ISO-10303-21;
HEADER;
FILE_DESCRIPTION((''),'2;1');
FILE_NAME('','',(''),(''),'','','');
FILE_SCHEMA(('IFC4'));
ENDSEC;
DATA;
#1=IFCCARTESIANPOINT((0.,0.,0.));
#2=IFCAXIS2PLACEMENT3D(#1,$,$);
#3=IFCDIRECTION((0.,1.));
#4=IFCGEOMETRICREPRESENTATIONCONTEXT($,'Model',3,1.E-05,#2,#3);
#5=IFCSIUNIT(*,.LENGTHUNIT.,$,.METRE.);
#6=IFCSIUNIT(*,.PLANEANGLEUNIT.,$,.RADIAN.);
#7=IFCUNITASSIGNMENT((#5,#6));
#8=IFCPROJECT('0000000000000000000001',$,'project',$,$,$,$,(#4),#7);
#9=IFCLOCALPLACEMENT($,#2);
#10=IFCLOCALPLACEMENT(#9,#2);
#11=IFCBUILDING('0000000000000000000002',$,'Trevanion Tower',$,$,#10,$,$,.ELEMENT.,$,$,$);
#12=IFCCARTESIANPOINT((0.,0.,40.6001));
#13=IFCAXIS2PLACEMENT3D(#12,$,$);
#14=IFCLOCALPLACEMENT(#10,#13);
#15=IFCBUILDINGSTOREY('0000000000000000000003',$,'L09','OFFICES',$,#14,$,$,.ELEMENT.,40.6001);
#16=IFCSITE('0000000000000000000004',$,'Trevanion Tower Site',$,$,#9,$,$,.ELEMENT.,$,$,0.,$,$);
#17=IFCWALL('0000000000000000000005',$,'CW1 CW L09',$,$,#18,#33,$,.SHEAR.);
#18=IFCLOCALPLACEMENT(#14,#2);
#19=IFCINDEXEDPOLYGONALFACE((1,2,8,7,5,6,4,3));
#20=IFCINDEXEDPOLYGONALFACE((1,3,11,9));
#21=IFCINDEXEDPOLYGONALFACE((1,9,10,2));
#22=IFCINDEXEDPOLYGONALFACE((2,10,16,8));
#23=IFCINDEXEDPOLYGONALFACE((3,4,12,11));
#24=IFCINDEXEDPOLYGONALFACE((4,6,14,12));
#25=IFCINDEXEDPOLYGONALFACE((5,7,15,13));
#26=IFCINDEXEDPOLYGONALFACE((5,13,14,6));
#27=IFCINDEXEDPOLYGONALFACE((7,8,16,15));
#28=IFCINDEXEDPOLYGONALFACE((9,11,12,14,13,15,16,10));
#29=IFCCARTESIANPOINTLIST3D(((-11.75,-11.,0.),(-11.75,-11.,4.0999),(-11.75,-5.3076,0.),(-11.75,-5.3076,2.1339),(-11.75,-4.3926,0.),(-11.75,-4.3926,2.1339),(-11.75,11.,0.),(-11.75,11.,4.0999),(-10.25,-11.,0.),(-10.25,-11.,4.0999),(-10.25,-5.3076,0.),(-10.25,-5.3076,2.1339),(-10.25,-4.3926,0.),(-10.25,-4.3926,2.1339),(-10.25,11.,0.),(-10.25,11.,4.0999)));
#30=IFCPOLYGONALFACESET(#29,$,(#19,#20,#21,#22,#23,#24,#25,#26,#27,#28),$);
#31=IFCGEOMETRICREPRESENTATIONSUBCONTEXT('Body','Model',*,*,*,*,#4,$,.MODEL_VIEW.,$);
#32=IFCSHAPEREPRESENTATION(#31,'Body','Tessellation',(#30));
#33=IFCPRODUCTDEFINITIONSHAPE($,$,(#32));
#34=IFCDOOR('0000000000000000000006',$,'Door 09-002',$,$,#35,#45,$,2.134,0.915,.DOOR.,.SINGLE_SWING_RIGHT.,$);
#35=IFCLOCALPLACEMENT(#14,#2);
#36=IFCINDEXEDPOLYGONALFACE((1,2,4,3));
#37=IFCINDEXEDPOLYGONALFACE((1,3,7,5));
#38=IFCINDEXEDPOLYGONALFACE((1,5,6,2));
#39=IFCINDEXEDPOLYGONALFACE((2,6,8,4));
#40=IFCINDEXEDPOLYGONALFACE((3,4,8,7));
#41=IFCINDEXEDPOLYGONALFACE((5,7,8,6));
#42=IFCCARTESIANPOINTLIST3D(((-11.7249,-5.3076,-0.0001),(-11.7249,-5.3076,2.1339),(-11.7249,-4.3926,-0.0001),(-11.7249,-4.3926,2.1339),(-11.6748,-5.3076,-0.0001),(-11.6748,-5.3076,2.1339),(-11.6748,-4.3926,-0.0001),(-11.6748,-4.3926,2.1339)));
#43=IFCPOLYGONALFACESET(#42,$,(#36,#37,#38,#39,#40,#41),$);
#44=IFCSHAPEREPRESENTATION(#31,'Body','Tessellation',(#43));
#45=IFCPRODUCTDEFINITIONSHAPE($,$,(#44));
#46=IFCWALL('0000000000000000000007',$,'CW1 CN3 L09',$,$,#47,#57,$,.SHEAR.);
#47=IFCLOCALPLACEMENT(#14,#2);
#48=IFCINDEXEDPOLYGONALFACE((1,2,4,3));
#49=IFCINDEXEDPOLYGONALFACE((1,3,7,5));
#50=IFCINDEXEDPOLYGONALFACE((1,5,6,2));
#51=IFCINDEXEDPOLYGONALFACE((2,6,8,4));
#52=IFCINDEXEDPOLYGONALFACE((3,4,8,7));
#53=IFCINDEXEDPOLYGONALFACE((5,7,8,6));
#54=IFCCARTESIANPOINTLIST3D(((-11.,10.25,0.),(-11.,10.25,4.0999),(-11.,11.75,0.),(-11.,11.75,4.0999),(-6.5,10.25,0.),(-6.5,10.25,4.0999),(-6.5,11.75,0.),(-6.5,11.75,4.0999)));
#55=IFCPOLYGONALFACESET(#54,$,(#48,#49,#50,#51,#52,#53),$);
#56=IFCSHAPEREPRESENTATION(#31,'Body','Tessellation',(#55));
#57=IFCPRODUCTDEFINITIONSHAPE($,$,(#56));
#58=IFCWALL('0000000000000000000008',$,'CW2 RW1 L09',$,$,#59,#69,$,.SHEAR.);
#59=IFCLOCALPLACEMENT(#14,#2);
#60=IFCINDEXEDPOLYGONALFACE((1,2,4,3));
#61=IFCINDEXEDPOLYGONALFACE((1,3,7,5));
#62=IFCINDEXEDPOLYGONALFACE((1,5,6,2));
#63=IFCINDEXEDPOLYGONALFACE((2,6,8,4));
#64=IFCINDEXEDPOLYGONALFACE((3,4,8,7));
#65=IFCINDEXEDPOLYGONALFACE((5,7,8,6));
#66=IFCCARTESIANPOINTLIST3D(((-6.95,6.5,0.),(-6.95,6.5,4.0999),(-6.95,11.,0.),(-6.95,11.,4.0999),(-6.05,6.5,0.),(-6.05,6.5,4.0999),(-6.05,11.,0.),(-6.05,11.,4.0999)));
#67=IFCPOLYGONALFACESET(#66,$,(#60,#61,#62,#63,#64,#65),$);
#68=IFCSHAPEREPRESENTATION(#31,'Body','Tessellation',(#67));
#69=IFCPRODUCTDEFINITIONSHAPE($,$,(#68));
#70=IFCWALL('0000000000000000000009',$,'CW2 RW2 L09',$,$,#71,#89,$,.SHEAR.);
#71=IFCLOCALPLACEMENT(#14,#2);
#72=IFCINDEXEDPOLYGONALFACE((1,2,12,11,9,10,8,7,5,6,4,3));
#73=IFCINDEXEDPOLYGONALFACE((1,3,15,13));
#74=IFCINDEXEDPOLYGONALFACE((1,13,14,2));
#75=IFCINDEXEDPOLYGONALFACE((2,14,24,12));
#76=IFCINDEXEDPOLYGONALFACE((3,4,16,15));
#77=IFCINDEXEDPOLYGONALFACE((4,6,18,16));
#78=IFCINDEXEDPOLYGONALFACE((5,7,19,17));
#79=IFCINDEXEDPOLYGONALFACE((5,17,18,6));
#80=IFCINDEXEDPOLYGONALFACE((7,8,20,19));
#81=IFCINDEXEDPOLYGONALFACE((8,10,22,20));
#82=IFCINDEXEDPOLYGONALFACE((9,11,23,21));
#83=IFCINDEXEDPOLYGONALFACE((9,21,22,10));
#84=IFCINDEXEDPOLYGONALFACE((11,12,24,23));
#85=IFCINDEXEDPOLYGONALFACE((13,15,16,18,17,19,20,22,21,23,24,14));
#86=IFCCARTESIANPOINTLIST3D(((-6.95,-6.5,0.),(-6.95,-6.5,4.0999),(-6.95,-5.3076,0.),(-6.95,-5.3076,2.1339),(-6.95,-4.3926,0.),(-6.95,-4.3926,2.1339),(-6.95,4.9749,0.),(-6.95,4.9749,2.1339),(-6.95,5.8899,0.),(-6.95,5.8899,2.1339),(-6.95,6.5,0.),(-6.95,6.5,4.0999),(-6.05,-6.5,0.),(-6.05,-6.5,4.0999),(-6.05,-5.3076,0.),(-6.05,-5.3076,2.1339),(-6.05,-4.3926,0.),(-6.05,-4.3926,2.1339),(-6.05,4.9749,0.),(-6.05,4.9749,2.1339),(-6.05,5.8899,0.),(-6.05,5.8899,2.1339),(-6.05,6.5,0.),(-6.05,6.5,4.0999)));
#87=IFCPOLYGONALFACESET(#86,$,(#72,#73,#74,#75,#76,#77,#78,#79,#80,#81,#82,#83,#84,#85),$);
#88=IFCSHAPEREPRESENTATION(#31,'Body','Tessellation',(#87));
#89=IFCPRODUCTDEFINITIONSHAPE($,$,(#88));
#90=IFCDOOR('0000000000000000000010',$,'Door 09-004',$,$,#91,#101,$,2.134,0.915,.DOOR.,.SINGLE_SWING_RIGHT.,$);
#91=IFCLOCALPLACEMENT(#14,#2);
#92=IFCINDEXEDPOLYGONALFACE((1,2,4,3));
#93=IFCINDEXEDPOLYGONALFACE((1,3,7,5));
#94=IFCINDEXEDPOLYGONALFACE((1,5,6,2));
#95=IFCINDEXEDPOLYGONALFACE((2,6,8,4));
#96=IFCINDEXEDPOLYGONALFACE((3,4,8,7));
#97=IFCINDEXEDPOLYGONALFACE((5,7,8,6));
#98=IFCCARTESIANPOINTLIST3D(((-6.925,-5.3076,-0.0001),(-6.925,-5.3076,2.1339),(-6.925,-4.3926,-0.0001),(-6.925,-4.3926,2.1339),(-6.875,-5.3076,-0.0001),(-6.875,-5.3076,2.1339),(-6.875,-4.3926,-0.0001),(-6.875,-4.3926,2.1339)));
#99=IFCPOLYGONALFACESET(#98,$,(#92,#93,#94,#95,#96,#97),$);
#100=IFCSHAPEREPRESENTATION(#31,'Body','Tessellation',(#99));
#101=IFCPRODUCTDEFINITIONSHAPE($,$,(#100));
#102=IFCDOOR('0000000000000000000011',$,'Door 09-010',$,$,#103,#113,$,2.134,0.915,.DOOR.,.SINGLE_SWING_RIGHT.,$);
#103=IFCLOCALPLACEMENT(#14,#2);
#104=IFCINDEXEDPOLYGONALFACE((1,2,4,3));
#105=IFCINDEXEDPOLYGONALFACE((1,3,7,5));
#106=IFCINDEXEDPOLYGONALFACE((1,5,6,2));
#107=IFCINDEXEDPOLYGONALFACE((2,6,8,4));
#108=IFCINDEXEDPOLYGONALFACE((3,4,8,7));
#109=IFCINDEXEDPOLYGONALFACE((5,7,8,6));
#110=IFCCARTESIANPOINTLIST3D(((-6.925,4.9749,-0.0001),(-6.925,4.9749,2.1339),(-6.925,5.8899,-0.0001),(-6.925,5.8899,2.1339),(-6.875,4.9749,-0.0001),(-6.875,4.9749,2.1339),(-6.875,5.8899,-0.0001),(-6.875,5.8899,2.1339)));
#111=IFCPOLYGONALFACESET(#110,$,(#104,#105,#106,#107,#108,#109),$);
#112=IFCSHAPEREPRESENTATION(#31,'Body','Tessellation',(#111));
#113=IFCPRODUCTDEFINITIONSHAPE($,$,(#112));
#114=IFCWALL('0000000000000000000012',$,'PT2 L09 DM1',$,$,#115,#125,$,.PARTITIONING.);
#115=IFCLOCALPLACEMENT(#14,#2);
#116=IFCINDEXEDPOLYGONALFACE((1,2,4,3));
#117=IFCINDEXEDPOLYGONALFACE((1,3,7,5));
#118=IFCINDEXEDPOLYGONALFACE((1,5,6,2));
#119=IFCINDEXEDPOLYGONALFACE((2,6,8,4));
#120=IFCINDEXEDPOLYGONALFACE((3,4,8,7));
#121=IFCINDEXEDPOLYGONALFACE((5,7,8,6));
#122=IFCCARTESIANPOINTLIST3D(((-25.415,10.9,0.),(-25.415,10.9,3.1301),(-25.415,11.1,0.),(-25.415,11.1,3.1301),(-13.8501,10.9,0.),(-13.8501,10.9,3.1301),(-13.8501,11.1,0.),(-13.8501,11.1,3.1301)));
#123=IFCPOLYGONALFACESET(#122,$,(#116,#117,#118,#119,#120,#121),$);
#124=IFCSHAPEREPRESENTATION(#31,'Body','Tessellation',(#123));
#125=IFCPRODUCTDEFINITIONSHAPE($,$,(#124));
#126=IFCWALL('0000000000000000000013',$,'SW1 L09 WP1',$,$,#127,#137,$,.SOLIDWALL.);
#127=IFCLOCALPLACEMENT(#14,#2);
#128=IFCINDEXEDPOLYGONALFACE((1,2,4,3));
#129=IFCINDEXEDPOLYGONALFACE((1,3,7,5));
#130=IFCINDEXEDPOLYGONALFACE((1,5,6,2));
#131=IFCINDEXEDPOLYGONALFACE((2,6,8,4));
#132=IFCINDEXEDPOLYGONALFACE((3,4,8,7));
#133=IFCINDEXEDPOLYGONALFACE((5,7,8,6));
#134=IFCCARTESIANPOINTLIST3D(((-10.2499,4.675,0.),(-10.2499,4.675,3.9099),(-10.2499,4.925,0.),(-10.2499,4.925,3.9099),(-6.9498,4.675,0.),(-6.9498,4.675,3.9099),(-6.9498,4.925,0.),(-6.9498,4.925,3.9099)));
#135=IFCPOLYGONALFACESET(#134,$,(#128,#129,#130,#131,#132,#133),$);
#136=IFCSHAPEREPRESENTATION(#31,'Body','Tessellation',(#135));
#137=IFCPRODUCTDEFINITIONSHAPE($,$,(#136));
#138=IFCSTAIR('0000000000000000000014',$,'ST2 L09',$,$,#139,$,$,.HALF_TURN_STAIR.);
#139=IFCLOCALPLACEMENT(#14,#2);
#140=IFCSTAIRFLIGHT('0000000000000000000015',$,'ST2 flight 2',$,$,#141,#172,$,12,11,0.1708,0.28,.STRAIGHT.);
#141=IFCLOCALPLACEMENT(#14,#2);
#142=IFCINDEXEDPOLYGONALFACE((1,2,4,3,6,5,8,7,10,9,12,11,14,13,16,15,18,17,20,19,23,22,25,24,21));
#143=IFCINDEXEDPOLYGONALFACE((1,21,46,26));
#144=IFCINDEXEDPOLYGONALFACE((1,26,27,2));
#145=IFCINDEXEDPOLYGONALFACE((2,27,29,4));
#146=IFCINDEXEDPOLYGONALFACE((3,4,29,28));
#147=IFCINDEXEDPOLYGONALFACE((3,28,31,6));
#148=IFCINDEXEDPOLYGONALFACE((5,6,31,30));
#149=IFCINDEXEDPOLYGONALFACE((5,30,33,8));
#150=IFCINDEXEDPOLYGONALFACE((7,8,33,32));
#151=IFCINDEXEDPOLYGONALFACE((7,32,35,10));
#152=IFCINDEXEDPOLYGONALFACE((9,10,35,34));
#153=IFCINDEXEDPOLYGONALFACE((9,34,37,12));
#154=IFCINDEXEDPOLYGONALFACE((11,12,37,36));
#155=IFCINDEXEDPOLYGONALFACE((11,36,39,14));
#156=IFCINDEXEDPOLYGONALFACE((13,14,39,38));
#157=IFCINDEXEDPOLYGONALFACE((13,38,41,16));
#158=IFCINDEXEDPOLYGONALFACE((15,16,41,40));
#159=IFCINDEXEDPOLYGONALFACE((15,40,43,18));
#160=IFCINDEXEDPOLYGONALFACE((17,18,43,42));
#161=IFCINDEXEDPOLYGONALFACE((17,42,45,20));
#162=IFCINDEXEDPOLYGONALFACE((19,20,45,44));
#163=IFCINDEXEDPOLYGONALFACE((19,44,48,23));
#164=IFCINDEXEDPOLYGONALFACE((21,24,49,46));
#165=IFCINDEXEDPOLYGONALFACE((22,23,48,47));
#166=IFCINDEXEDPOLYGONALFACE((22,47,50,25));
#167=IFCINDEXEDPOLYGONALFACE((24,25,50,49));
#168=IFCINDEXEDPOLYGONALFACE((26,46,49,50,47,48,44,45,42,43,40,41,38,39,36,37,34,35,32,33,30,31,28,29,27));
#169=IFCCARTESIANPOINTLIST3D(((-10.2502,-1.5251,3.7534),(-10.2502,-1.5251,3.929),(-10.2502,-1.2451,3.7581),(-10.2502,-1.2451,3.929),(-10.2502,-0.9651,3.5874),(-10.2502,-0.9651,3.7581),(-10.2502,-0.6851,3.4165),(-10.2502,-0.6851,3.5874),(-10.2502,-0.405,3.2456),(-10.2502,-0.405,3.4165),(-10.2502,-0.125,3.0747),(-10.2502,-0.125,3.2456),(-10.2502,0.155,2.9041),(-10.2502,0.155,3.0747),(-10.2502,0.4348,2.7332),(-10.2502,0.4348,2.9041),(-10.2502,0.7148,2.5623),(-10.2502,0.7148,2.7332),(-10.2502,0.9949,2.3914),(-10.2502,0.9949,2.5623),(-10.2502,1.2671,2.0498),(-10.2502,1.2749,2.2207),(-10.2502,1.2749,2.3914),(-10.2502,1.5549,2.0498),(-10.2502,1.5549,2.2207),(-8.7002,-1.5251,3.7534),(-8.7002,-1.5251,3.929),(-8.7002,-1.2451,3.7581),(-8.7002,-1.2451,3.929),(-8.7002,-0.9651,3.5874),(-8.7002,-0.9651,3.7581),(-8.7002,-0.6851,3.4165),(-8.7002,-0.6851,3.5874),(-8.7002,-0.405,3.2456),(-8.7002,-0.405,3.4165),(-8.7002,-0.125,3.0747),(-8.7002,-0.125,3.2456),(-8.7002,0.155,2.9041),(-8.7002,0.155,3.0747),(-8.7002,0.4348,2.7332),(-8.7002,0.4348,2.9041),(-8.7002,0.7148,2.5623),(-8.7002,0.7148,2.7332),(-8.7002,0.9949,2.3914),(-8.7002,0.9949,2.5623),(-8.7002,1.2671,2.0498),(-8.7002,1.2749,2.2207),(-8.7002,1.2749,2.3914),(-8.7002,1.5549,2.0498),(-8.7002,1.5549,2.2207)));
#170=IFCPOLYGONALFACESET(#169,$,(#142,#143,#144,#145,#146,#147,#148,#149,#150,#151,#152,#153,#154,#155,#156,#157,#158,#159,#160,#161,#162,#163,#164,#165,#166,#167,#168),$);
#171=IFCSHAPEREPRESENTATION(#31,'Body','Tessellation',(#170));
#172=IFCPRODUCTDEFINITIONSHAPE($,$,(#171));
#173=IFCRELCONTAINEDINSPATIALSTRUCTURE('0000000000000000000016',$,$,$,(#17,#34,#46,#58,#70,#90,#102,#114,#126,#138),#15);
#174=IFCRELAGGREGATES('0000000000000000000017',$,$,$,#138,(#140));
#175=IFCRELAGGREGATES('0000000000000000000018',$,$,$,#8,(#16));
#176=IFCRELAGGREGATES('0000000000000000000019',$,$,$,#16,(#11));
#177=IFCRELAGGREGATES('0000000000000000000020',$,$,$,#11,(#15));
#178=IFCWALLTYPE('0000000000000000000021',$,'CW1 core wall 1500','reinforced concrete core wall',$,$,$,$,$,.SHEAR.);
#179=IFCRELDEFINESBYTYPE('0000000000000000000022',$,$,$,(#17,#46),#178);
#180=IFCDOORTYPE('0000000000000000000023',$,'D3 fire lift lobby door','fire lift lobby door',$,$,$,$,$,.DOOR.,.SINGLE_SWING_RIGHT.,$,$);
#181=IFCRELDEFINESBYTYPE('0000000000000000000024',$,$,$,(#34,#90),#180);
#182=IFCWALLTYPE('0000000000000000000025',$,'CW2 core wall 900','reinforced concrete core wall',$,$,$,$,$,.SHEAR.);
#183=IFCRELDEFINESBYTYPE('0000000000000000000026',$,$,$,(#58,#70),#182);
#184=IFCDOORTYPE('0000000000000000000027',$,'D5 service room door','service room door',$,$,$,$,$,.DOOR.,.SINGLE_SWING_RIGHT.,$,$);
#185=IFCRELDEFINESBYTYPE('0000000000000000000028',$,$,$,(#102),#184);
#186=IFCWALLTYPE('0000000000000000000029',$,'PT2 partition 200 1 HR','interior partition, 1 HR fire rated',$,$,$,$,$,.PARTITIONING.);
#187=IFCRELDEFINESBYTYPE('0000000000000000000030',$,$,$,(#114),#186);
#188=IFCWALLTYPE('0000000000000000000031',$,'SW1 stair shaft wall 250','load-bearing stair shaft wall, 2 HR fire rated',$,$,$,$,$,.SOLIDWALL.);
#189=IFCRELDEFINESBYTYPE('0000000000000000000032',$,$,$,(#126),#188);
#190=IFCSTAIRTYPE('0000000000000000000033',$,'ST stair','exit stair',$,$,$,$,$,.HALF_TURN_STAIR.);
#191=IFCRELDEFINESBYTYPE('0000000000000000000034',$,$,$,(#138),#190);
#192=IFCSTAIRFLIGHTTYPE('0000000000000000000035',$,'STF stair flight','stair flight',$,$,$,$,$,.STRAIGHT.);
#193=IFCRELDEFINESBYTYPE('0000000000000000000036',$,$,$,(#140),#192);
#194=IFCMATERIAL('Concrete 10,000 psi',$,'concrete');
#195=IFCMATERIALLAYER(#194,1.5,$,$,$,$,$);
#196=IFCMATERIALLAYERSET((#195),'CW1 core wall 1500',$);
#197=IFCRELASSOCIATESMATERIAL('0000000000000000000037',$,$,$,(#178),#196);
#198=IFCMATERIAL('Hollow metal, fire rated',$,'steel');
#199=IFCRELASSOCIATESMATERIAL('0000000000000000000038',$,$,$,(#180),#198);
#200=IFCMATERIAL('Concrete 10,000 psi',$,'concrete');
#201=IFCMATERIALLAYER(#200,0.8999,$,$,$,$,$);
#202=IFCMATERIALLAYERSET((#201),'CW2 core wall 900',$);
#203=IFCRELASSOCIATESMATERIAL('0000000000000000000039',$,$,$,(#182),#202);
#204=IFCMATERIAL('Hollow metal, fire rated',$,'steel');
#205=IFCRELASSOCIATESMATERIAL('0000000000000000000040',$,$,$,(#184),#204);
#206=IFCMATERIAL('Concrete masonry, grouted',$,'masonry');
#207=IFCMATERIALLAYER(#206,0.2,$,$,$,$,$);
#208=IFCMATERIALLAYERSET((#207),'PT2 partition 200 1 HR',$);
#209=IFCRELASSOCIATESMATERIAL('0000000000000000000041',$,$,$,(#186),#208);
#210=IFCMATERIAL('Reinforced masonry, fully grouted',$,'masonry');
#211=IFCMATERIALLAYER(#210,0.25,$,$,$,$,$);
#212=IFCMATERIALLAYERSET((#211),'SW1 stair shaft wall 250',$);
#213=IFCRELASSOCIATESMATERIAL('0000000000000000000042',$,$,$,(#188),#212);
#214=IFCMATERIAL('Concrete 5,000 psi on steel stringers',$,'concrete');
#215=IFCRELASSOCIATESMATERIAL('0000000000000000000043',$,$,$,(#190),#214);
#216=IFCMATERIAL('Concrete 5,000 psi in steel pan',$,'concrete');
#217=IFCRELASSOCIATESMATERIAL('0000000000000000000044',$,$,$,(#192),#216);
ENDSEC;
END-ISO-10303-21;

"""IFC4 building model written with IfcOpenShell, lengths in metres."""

from ifc_helpers import new_model, si_unit, direction, frame, frame_2d, origin, place, context, subcontext, project, spatial, polyline, rectangle, outline, extrude, material, layer, layer_set, type_object, element, fill, aggregate, save


model = new_model("IFC4")

# Units and contexts
model_context = context("Model", 3, precision=1e-05, world=origin(), true_north=direction((0.0, 1.0)))
body_context = subcontext(model_context, "Body", "Model", "MODEL_VIEW")
ifc_project = project(units=[si_unit("LENGTHUNIT", "METRE"), si_unit("PLANEANGLEUNIT", "RADIAN")], contexts=[model_context])

# Site, building, storey
site_placement = place(None, origin())
site = spatial("IfcSite", under=ifc_project, at=site_placement, Name="Trevanion Tower Site", CompositionType="ELEMENT", RefElevation=0.0)
building_placement = place(site_placement, origin())
building = spatial("IfcBuilding", under=site, at=building_placement, Name="Trevanion Tower", CompositionType="ELEMENT")
storey_placement = place(building_placement, frame((0.0, 0.0, 40.6001)))
storey = spatial("IfcBuildingStorey", under=building, at=storey_placement, Name="L09", Description="OFFICES", CompositionType="ELEMENT", Elevation=40.6001)

# Wall, opening, door
ifc_material_1 = material(Name="Concrete 10,000 psi", Category="concrete")
ifc_layer_1 = layer(ifc_material_1, 1.5)
ifc_layer_set_1 = layer_set([ifc_layer_1], Name="CW1 core wall 1500")
wall_type_1 = type_object("IfcWallType", Name="CW1 core wall 1500", Description="reinforced concrete core wall", PredefinedType="SHEAR", material=ifc_layer_set_1)
wall_1_placement = place(storey_placement, frame((-11.0, 11.0, 0.0), z_axis=(0.0, 0.0, 1.0), x_axis=(0.0, -1.0, 0.0)))
wall_1 = element("IfcWall", 1, at=wall_1_placement, inside=storey, type_object=wall_type_1, Name="CW1 CW L09", PredefinedType="SHEAR", context=body_context, shape_type="SweptSolid", body=[
    extrude(rectangle(XDim=22.0, YDim=1.5, at=frame_2d((11.0, 0.0))), origin(), (0.0, 0.0, 1.0), 4.0999),
])
opening_1_placement = place(wall_1_placement, frame((15.3926, 0.0, 0.0)))
opening_1 = element("IfcOpeningElement", 2, at=opening_1_placement, cuts=wall_1, PredefinedType="OPENING", context=body_context, shape_type="SweptSolid", body=[
    extrude(rectangle(XDim=0.915, YDim=2.134, at=frame_2d((0.4575, 1.0669))), frame((0.0, 0.76, 0.0), z_axis=(0.0, -1.0, 0.0), x_axis=(1.0, 0.0, 0.0)), (0.0, 0.0, 1.0), 1.52),
])
ifc_material_2 = material(Name="Hollow metal, fire rated", Category="steel")
door_type_1 = type_object("IfcDoorType", Name="D3 fire lift lobby door", Description="fire lift lobby door", OperationType="SINGLE_SWING_RIGHT", PredefinedType="DOOR", material=ifc_material_2)
door_1_placement = place(opening_1_placement, origin())
door_1 = element("IfcDoor", 3, at=door_1_placement, inside=storey, type_object=door_type_1, Name="Door 09-002", OperationType="SINGLE_SWING_RIGHT", OverallHeight=2.134, OverallWidth=0.915, PredefinedType="DOOR", context=body_context, shape_type="SweptSolid", body=[
    extrude(rectangle(XDim=0.915, YDim=2.134, at=frame_2d((0.4575, 1.0669))), frame((0.0, -0.6748, 0.0), z_axis=(0.0, -1.0, 0.0), x_axis=(1.0, 0.0, 0.0)), (0.0, 0.0, 1.0), 0.05),
])
fill(opening_1, door_1)

# Walls
wall_2_placement = place(storey_placement, frame((-6.5, 11.0, 0.0), z_axis=(0.0, 0.0, 1.0), x_axis=(-1.0, 0.0, 0.0)))
element("IfcWall", 4, at=wall_2_placement, inside=storey, type_object=wall_type_1, Name="CW1 CN3 L09", PredefinedType="SHEAR", context=body_context, shape_type="SweptSolid", body=[
    extrude(rectangle(XDim=4.5, YDim=1.5, at=frame_2d((2.25, 0.0))), origin(), (0.0, 0.0, 1.0), 4.0999),
])
ifc_material_3 = material(Name="Concrete 10,000 psi", Category="concrete")
ifc_layer_2 = layer(ifc_material_3, 0.8999)
ifc_layer_set_2 = layer_set([ifc_layer_2], Name="CW2 core wall 900")
wall_type_2 = type_object("IfcWallType", Name="CW2 core wall 900", Description="reinforced concrete core wall", PredefinedType="SHEAR", material=ifc_layer_set_2)
wall_3_placement = place(storey_placement, frame((-6.5, 11.0, 0.0), z_axis=(0.0, 0.0, 1.0), x_axis=(0.0, -1.0, 0.0)))
element("IfcWall", 5, at=wall_3_placement, inside=storey, type_object=wall_type_2, Name="CW2 RW1 L09", PredefinedType="SHEAR", context=body_context, shape_type="SweptSolid", body=[
    extrude(rectangle(XDim=4.5, YDim=0.8999, at=frame_2d((2.25, 0.0))), origin(), (0.0, 0.0, 1.0), 4.0999),
])

# Wall, openings, doors
wall_4_placement = place(storey_placement, frame((-6.5, 6.5, 0.0), z_axis=(0.0, 0.0, 1.0), x_axis=(0.0, -1.0, 0.0)))
wall_4 = element("IfcWall", 6, at=wall_4_placement, inside=storey, type_object=wall_type_2, Name="CW2 RW2 L09", PredefinedType="SHEAR", context=body_context, shape_type="SweptSolid", body=[
    extrude(rectangle(XDim=13.0, YDim=0.8999, at=frame_2d((6.5, 0.0))), origin(), (0.0, 0.0, 1.0), 4.0999),
])
opening_2_placement = place(wall_4_placement, frame((10.8926, 0.0, 0.0)))
opening_2 = element("IfcOpeningElement", 7, at=opening_2_placement, cuts=wall_4, PredefinedType="OPENING", context=body_context, shape_type="SweptSolid", body=[
    extrude(rectangle(XDim=0.915, YDim=2.134, at=frame_2d((0.4575, 1.0669))), frame((0.0, 0.46, 0.0), z_axis=(0.0, -1.0, 0.0), x_axis=(1.0, 0.0, 0.0)), (0.0, 0.0, 1.0), 0.9199),
])
opening_3_placement = place(wall_4_placement, frame((0.6101, 0.0, 0.0)))
opening_3 = element("IfcOpeningElement", 8, at=opening_3_placement, cuts=wall_4, PredefinedType="OPENING", context=body_context, shape_type="SweptSolid", body=[
    extrude(rectangle(XDim=0.915, YDim=2.134, at=frame_2d((0.4575, 1.0669))), frame((0.0, 0.46, 0.0), z_axis=(0.0, -1.0, 0.0), x_axis=(1.0, 0.0, 0.0)), (0.0, 0.0, 1.0), 0.9199),
])
door_2_placement = place(opening_2_placement, origin())
door_2 = element("IfcDoor", 9, at=door_2_placement, inside=storey, type_object=door_type_1, Name="Door 09-004", OperationType="SINGLE_SWING_RIGHT", OverallHeight=2.134, OverallWidth=0.915, PredefinedType="DOOR", context=body_context, shape_type="SweptSolid", body=[
    extrude(rectangle(XDim=0.915, YDim=2.134, at=frame_2d((0.4575, 1.0669))), frame((0.0, -0.375, 0.0), z_axis=(0.0, -1.0, 0.0), x_axis=(1.0, 0.0, 0.0)), (0.0, 0.0, 1.0), 0.05),
])
fill(opening_2, door_2)
ifc_material_4 = material(Name="Hollow metal, fire rated", Category="steel")
door_type_2 = type_object("IfcDoorType", Name="D5 service room door", Description="service room door", OperationType="SINGLE_SWING_RIGHT", PredefinedType="DOOR", material=ifc_material_4)
door_3_placement = place(opening_3_placement, origin())
door_3 = element("IfcDoor", 10, at=door_3_placement, inside=storey, type_object=door_type_2, Name="Door 09-010", OperationType="SINGLE_SWING_RIGHT", OverallHeight=2.134, OverallWidth=0.915, PredefinedType="DOOR", context=body_context, shape_type="SweptSolid", body=[
    extrude(rectangle(XDim=0.915, YDim=2.134, at=frame_2d((0.4575, 1.0669))), frame((0.0, -0.375, 0.0), z_axis=(0.0, -1.0, 0.0), x_axis=(1.0, 0.0, 0.0)), (0.0, 0.0, 1.0), 0.05),
])
fill(opening_3, door_3)

# Walls
ifc_material_5 = material(Name="Concrete masonry, grouted", Category="masonry")
ifc_layer_3 = layer(ifc_material_5, 0.2)
ifc_layer_set_3 = layer_set([ifc_layer_3], Name="PT2 partition 200 1 HR")
wall_type_3 = type_object("IfcWallType", Name="PT2 partition 200 1 HR", Description="interior partition, 1 HR fire rated", PredefinedType="PARTITIONING", material=ifc_layer_set_3)
wall_5_placement = place(storey_placement, frame((-13.8501, 11.0, 0.0), z_axis=(0.0, 0.0, 1.0), x_axis=(-1.0, 0.0, 0.0)))
element("IfcWall", 11, at=wall_5_placement, inside=storey, type_object=wall_type_3, Name="PT2 L09 DM1", PredefinedType="PARTITIONING", context=body_context, shape_type="SweptSolid", body=[
    extrude(rectangle(XDim=11.5649, YDim=0.2, at=frame_2d((5.7825, 0.0))), origin(), (0.0, 0.0, 1.0), 3.1301),
])
ifc_material_6 = material(Name="Reinforced masonry, fully grouted", Category="masonry")
ifc_layer_4 = layer(ifc_material_6, 0.25)
ifc_layer_set_4 = layer_set([ifc_layer_4], Name="SW1 stair shaft wall 250")
wall_type_4 = type_object("IfcWallType", Name="SW1 stair shaft wall 250", Description="load-bearing stair shaft wall, 2 HR fire rated", PredefinedType="SOLIDWALL", material=ifc_layer_set_4)
wall_6_placement = place(storey_placement, frame((-6.95, 4.8, 0.0), z_axis=(0.0, 0.0, 1.0), x_axis=(-1.0, 0.0, 0.0)))
element("IfcWall", 12, at=wall_6_placement, inside=storey, type_object=wall_type_4, Name="SW1 L09 WP1", PredefinedType="SOLIDWALL", context=body_context, shape_type="SweptSolid", body=[
    extrude(rectangle(XDim=3.3, YDim=0.25, at=frame_2d((1.6499, 0.0))), origin(), (0.0, 0.0, 1.0), 3.9099),
])

# Stair, stair flight
ifc_material_7 = material(Name="Concrete 5,000 psi on steel stringers", Category="concrete")
stair_type = type_object("IfcStairType", Name="ST stair", Description="exit stair", PredefinedType="HALF_TURN_STAIR", material=ifc_material_7)
stair_placement = place(storey_placement, origin())
stair = element("IfcStair", 13, at=stair_placement, inside=storey, type_object=stair_type, Name="ST2 L09", PredefinedType="HALF_TURN_STAIR")
ifc_material_8 = material(Name="Concrete 5,000 psi in steel pan", Category="concrete")
stair_flight_type = type_object("IfcStairFlightType", Name="STF stair flight", Description="stair flight", PredefinedType="STRAIGHT", material=ifc_material_8)
stair_flight_placement = place(storey_placement, frame((-9.4751, 1.5549, 2.0498), z_axis=(0.0, 0.0, 1.0), x_axis=(0.0, -1.0, 0.0)))
stair_flight = element("IfcStairFlight", 14, at=stair_flight_placement, type_object=stair_flight_type, Name="ST2 flight 2", NumberOfRisers=12, NumberOfTreads=11, PredefinedType="STRAIGHT", RiserHeight=0.1708, TreadLength=0.28, context=body_context, shape_type="SweptSolid", body=[
    extrude(outline(polyline([(0.0, 0.0), (0.0, 0.1709), (0.28, 0.1709), (0.28, 0.3416), (0.5601, 0.3416), (0.5601, 0.5125), (0.8401, 0.5125), (0.8401, 0.6833), (1.1201, 0.6833), (1.1201, 0.8542), (1.3999, 0.8542), (1.3999, 1.0249), (1.6799, 1.0249), (1.6799, 1.1958), (1.96, 1.1958), (1.96, 1.3667), (2.24, 1.3667), (2.24, 1.5376), (2.52, 1.5376), (2.52, 1.7083), (2.8, 1.7083), (2.8, 1.8792), (3.0801, 1.8792), (3.0801, 2.05), (3.0801, 1.7036), (0.2878, 0.0), (0.0, 0.0)])), frame((0.0, 0.7749, 0.0), z_axis=(0.0, -1.0, 0.0), x_axis=(1.0, 0.0, 0.0)), (0.0, 0.0, 1.0), 1.55),
])
aggregate(stair, [stair_flight])

save(model, "model.ifc")
